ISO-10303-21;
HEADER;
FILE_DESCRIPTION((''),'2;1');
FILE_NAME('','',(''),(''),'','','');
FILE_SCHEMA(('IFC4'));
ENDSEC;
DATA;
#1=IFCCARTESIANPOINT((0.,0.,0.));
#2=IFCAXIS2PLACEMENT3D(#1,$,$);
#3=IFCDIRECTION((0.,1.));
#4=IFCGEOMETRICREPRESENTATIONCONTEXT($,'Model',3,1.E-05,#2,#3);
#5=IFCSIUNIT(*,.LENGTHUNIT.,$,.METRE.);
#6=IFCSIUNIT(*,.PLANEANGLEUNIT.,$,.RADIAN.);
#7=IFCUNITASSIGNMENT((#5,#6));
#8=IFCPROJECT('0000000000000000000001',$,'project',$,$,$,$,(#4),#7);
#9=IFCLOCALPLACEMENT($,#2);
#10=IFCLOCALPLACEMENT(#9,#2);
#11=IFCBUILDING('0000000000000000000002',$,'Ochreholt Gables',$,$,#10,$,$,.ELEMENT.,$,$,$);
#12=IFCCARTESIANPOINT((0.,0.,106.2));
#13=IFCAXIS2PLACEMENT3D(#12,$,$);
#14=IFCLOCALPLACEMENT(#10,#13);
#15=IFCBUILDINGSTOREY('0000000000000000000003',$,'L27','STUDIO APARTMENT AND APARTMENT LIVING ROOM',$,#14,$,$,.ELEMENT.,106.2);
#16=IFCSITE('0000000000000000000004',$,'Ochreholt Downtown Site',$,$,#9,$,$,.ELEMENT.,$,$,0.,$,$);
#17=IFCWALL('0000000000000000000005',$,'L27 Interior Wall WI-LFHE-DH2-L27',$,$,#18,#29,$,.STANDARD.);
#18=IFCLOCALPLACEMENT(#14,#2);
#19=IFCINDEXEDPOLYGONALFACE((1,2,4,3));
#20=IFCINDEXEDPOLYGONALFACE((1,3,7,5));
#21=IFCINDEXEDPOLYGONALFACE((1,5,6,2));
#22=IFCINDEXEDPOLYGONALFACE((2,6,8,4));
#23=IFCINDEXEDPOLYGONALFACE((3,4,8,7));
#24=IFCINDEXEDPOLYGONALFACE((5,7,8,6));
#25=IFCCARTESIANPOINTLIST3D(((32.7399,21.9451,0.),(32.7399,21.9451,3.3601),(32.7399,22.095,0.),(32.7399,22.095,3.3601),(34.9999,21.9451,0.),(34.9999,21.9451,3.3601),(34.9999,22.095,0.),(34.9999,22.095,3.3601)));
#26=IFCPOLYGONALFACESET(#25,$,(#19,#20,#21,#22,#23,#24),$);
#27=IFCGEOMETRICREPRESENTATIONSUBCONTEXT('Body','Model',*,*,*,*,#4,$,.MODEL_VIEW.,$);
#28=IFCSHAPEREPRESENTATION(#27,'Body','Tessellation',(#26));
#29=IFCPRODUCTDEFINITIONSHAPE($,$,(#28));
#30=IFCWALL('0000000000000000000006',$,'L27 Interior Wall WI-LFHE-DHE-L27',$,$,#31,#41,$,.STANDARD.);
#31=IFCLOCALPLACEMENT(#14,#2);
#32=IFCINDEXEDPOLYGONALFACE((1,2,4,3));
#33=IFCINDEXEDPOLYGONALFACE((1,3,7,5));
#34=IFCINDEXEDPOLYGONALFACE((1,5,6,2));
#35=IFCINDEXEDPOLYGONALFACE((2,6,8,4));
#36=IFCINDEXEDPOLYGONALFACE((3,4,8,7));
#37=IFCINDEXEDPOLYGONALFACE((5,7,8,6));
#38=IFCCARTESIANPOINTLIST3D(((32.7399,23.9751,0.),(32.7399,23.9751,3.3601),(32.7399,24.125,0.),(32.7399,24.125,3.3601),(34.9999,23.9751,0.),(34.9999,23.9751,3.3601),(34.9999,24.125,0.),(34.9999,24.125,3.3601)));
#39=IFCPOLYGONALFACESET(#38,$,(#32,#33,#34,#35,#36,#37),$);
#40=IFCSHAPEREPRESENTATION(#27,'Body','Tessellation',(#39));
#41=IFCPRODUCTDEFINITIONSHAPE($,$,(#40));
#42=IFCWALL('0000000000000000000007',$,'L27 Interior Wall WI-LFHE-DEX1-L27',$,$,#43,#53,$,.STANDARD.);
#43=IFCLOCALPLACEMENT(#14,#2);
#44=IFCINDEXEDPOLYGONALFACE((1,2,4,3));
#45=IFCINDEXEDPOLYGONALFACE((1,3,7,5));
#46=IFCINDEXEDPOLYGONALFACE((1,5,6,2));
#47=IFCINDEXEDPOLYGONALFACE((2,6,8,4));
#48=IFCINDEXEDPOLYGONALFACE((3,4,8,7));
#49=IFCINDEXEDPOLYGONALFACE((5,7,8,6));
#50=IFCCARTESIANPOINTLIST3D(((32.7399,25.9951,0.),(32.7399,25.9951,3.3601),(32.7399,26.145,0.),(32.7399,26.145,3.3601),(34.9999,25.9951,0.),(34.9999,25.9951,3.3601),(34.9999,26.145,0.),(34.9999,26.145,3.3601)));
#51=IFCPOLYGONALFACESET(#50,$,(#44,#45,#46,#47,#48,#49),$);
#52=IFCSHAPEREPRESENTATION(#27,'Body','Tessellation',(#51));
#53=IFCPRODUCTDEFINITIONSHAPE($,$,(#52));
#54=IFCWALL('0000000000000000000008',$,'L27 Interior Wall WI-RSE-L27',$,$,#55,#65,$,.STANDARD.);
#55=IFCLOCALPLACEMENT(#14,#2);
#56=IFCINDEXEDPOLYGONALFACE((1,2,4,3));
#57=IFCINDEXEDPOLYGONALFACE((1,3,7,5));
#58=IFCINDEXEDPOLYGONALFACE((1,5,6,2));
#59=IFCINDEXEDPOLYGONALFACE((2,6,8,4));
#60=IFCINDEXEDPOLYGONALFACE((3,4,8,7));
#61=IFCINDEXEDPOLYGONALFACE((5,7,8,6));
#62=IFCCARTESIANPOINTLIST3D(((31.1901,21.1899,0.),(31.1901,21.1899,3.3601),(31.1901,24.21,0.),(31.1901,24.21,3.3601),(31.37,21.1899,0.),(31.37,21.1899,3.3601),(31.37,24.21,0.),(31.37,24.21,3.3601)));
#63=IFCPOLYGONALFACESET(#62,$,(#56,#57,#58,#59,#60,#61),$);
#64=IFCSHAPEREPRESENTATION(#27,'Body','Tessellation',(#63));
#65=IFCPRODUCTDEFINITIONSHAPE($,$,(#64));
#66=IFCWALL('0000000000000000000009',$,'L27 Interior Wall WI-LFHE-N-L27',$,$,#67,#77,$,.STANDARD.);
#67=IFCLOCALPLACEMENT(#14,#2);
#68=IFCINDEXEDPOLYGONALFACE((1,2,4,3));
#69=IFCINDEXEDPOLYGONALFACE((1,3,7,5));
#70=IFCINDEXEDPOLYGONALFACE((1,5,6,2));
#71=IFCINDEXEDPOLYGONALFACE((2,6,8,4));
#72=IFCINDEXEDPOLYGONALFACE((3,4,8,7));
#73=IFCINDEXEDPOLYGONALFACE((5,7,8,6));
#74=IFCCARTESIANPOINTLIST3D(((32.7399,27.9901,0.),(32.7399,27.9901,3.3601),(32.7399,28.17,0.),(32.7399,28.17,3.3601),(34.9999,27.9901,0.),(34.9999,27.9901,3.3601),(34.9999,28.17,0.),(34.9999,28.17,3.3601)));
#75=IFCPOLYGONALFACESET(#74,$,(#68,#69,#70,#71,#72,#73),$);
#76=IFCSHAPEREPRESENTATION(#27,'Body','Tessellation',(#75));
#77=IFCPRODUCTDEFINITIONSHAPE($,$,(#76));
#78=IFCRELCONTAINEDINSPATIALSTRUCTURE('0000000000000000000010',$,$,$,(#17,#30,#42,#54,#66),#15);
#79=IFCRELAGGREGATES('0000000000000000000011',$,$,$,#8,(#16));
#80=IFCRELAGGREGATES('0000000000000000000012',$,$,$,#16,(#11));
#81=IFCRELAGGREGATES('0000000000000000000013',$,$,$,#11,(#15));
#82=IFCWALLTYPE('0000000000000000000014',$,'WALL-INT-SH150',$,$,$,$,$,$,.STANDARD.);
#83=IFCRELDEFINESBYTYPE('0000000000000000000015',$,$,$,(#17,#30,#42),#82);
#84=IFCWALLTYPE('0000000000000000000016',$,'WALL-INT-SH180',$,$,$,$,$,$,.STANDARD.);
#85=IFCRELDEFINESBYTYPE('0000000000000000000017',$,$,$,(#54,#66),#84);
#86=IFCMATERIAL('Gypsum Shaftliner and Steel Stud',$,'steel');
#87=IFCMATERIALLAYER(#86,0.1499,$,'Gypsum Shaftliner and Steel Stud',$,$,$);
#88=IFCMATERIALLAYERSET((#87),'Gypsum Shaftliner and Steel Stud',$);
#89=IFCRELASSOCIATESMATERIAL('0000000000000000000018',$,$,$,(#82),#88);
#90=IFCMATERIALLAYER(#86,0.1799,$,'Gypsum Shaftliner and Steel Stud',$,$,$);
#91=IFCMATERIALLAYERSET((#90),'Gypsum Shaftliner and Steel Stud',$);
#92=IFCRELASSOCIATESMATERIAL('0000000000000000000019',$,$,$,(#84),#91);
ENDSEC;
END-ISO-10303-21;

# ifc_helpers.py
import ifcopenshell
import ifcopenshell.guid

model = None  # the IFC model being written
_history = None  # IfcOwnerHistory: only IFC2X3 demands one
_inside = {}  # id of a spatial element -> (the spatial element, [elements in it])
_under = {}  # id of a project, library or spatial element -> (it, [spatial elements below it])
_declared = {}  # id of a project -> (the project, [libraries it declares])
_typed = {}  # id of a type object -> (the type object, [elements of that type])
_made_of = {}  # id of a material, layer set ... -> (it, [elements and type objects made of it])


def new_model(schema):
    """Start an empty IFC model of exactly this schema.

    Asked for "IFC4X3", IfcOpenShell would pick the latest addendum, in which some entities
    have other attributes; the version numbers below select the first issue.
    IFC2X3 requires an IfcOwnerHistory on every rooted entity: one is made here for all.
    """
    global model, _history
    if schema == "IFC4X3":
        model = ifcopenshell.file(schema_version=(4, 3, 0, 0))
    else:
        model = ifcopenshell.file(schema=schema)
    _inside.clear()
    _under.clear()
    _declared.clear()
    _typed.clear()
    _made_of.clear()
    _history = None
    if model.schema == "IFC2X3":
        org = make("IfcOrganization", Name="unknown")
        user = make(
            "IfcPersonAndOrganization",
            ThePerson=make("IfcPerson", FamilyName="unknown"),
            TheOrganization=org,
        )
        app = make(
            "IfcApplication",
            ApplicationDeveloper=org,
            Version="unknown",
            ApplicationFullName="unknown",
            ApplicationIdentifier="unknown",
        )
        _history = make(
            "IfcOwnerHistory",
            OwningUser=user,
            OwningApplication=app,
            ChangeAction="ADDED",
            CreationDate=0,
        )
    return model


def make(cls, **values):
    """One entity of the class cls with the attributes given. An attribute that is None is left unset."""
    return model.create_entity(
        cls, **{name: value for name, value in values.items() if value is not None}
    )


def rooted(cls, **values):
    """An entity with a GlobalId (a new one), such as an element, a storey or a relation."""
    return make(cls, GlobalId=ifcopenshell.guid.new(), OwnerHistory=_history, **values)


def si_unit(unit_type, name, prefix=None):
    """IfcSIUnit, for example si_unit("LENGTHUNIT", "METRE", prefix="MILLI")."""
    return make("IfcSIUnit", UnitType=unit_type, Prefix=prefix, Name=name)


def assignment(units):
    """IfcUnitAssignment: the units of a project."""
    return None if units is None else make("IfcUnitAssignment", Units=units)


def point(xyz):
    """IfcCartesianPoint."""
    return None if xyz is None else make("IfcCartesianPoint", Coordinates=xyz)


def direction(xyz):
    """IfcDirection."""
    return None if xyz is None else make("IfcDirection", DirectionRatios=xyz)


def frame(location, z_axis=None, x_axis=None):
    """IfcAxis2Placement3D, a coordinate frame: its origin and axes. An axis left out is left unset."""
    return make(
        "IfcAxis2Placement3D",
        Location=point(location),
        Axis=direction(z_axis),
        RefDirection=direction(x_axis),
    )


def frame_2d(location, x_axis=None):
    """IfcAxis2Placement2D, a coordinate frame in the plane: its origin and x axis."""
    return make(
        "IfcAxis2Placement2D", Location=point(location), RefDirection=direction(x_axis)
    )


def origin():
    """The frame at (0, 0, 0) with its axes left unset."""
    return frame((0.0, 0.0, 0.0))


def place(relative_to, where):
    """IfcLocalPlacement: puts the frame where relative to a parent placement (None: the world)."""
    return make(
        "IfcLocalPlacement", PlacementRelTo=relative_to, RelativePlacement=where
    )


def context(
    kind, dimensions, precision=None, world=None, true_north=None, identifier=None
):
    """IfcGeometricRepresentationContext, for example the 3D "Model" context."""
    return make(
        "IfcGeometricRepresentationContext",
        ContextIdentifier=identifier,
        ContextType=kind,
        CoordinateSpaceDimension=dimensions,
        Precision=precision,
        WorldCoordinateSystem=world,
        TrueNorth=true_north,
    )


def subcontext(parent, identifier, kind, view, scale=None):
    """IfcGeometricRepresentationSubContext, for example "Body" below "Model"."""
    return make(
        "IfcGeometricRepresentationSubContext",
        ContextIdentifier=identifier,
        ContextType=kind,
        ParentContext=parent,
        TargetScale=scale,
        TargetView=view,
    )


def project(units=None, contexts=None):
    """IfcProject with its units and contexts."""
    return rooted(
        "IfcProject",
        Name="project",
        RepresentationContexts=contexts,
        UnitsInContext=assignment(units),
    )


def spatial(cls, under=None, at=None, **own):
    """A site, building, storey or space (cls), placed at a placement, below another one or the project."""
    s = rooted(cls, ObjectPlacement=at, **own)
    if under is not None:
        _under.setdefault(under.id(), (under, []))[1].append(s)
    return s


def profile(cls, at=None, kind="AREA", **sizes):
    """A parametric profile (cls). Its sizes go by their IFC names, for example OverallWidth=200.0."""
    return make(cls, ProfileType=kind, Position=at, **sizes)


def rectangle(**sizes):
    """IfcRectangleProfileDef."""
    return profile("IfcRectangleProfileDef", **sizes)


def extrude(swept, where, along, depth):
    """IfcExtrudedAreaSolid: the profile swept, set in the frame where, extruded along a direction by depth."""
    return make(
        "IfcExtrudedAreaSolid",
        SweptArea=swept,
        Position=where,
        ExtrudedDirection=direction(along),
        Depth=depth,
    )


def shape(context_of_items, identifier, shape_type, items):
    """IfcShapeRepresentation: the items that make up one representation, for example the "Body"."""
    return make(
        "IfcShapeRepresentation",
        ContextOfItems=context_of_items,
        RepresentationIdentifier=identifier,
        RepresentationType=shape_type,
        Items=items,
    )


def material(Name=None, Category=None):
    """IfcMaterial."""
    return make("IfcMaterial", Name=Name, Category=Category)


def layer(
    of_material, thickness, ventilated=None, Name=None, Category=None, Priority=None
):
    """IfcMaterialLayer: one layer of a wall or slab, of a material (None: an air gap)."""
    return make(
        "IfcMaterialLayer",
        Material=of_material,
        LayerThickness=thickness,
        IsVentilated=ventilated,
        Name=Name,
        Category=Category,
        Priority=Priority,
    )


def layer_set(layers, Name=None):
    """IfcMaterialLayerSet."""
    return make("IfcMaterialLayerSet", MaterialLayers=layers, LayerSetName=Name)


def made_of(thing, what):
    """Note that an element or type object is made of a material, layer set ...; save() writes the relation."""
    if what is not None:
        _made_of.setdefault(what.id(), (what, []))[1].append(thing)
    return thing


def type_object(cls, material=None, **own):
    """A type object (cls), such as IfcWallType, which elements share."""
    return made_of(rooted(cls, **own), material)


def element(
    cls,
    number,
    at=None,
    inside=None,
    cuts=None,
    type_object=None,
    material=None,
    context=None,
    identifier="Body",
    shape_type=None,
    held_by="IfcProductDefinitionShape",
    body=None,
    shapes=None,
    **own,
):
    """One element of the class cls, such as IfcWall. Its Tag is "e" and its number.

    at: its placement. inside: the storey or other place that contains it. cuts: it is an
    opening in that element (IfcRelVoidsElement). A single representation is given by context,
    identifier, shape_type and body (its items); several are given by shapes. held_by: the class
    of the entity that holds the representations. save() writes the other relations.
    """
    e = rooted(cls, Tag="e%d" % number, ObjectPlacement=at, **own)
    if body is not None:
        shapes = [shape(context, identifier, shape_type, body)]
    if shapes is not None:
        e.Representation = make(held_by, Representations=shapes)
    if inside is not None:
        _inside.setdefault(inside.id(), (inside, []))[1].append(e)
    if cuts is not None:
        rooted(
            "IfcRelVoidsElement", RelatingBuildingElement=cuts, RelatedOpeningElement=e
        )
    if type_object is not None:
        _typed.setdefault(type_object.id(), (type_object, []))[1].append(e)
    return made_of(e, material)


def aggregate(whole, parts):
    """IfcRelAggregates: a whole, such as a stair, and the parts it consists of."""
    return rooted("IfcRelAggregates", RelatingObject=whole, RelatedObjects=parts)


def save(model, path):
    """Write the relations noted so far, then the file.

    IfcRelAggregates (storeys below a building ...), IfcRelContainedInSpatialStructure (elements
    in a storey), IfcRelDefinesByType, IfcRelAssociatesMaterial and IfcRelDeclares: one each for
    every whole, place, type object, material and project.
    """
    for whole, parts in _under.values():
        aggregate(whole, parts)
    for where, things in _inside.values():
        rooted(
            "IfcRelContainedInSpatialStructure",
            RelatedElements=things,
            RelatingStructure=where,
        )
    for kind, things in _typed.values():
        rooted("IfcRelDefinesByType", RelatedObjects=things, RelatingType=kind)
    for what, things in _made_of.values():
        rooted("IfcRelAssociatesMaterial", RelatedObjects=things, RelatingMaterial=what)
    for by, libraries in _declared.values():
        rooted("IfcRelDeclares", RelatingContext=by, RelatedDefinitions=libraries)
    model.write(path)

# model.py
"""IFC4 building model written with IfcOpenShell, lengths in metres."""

from ifc_helpers import new_model, si_unit, direction, frame, frame_2d, origin, place, context, subcontext, project, spatial, rectangle, extrude, material, layer, layer_set, type_object, element, save


model = new_model("IFC4")

# Units and contexts
model_context = context("Model", 3, precision=1e-05, world=origin(), true_north=direction((0.0, 1.0)))
body_context = subcontext(model_context, "Body", "Model", "MODEL_VIEW")
ifc_project = project(units=[si_unit("LENGTHUNIT", "METRE"), si_unit("PLANEANGLEUNIT", "RADIAN")], contexts=[model_context])

# Site, building, storey
site_placement = place(None, origin())
site = spatial("IfcSite", under=ifc_project, at=site_placement, Name="Ochreholt Downtown Site", CompositionType="ELEMENT", RefElevation=0.0)
building_placement = place(site_placement, origin())
building = spatial("IfcBuilding", under=site, at=building_placement, Name="Ochreholt Gables", CompositionType="ELEMENT")
storey_placement = place(building_placement, frame((0.0, 0.0, 106.2)))
storey = spatial("IfcBuildingStorey", under=building, at=storey_placement, Name="L27", Description="STUDIO APARTMENT AND APARTMENT LIVING ROOM", CompositionType="ELEMENT", Elevation=106.2)

# Walls
ifc_material_1 = material(Name="Gypsum Shaftliner and Steel Stud", Category="steel")
ifc_layer_1 = layer(ifc_material_1, 0.1499, Name="Gypsum Shaftliner and Steel Stud")
ifc_layer_set_1 = layer_set([ifc_layer_1], Name="Gypsum Shaftliner and Steel Stud")
wall_type_1 = type_object("IfcWallType", Name="WALL-INT-SH150", PredefinedType="STANDARD", material=ifc_layer_set_1)
for number, where, z_axis, x_axis, name in (
    (1, (32.74, 22.02, 0.0), (0.0, 0.0, 1.0), (1.0, 0.0, 0.0), "L27 Interior Wall WI-LFHE-DH2-L27"),
    (2, (32.74, 24.05, 0.0), (0.0, 0.0, 1.0), (1.0, 0.0, 0.0), "L27 Interior Wall WI-LFHE-DHE-L27"),
    (3, (32.74, 26.0701, 0.0), (0.0, 0.0, 1.0), (1.0, 0.0, 0.0), "L27 Interior Wall WI-LFHE-DEX1-L27"),
):
    element("IfcWall", number, at=place(storey_placement, frame(where, z_axis=z_axis, x_axis=x_axis)), inside=storey, type_object=wall_type_1, Name=name, PredefinedType="STANDARD", context=body_context, shape_type="SweptSolid", body=[
        extrude(rectangle(XDim=2.26, YDim=0.1499, at=frame_2d((1.1299, 0.0))), origin(), (0.0, 0.0, 1.0), 3.3601),
    ])
ifc_layer_2 = layer(ifc_material_1, 0.1799, Name="Gypsum Shaftliner and Steel Stud")
ifc_layer_set_2 = layer_set([ifc_layer_2], Name="Gypsum Shaftliner and Steel Stud")
wall_type_2 = type_object("IfcWallType", Name="WALL-INT-SH180", PredefinedType="STANDARD", material=ifc_layer_set_2)
wall_1_placement = place(storey_placement, frame((31.28, 21.1899, 0.0), z_axis=(0.0, 0.0, 1.0), x_axis=(0.0, 1.0, 0.0)))
element("IfcWall", 4, at=wall_1_placement, inside=storey, type_object=wall_type_2, Name="L27 Interior Wall WI-RSE-L27", PredefinedType="STANDARD", context=body_context, shape_type="SweptSolid", body=[
    extrude(rectangle(XDim=3.02, YDim=0.1799, at=frame_2d((1.51, 0.0))), origin(), (0.0, 0.0, 1.0), 3.3601),
])
wall_2_placement = place(storey_placement, frame((32.74, 28.0801, 0.0), z_axis=(0.0, 0.0, 1.0), x_axis=(1.0, 0.0, 0.0)))
element("IfcWall", 5, at=wall_2_placement, inside=storey, type_object=wall_type_2, Name="L27 Interior Wall WI-LFHE-N-L27", PredefinedType="STANDARD", context=body_context, shape_type="SweptSolid", body=[
    extrude(rectangle(XDim=2.26, YDim=0.1799, at=frame_2d((1.1299, 0.0))), origin(), (0.0, 0.0, 1.0), 3.3601),
])

save(model, "model.ifc")
